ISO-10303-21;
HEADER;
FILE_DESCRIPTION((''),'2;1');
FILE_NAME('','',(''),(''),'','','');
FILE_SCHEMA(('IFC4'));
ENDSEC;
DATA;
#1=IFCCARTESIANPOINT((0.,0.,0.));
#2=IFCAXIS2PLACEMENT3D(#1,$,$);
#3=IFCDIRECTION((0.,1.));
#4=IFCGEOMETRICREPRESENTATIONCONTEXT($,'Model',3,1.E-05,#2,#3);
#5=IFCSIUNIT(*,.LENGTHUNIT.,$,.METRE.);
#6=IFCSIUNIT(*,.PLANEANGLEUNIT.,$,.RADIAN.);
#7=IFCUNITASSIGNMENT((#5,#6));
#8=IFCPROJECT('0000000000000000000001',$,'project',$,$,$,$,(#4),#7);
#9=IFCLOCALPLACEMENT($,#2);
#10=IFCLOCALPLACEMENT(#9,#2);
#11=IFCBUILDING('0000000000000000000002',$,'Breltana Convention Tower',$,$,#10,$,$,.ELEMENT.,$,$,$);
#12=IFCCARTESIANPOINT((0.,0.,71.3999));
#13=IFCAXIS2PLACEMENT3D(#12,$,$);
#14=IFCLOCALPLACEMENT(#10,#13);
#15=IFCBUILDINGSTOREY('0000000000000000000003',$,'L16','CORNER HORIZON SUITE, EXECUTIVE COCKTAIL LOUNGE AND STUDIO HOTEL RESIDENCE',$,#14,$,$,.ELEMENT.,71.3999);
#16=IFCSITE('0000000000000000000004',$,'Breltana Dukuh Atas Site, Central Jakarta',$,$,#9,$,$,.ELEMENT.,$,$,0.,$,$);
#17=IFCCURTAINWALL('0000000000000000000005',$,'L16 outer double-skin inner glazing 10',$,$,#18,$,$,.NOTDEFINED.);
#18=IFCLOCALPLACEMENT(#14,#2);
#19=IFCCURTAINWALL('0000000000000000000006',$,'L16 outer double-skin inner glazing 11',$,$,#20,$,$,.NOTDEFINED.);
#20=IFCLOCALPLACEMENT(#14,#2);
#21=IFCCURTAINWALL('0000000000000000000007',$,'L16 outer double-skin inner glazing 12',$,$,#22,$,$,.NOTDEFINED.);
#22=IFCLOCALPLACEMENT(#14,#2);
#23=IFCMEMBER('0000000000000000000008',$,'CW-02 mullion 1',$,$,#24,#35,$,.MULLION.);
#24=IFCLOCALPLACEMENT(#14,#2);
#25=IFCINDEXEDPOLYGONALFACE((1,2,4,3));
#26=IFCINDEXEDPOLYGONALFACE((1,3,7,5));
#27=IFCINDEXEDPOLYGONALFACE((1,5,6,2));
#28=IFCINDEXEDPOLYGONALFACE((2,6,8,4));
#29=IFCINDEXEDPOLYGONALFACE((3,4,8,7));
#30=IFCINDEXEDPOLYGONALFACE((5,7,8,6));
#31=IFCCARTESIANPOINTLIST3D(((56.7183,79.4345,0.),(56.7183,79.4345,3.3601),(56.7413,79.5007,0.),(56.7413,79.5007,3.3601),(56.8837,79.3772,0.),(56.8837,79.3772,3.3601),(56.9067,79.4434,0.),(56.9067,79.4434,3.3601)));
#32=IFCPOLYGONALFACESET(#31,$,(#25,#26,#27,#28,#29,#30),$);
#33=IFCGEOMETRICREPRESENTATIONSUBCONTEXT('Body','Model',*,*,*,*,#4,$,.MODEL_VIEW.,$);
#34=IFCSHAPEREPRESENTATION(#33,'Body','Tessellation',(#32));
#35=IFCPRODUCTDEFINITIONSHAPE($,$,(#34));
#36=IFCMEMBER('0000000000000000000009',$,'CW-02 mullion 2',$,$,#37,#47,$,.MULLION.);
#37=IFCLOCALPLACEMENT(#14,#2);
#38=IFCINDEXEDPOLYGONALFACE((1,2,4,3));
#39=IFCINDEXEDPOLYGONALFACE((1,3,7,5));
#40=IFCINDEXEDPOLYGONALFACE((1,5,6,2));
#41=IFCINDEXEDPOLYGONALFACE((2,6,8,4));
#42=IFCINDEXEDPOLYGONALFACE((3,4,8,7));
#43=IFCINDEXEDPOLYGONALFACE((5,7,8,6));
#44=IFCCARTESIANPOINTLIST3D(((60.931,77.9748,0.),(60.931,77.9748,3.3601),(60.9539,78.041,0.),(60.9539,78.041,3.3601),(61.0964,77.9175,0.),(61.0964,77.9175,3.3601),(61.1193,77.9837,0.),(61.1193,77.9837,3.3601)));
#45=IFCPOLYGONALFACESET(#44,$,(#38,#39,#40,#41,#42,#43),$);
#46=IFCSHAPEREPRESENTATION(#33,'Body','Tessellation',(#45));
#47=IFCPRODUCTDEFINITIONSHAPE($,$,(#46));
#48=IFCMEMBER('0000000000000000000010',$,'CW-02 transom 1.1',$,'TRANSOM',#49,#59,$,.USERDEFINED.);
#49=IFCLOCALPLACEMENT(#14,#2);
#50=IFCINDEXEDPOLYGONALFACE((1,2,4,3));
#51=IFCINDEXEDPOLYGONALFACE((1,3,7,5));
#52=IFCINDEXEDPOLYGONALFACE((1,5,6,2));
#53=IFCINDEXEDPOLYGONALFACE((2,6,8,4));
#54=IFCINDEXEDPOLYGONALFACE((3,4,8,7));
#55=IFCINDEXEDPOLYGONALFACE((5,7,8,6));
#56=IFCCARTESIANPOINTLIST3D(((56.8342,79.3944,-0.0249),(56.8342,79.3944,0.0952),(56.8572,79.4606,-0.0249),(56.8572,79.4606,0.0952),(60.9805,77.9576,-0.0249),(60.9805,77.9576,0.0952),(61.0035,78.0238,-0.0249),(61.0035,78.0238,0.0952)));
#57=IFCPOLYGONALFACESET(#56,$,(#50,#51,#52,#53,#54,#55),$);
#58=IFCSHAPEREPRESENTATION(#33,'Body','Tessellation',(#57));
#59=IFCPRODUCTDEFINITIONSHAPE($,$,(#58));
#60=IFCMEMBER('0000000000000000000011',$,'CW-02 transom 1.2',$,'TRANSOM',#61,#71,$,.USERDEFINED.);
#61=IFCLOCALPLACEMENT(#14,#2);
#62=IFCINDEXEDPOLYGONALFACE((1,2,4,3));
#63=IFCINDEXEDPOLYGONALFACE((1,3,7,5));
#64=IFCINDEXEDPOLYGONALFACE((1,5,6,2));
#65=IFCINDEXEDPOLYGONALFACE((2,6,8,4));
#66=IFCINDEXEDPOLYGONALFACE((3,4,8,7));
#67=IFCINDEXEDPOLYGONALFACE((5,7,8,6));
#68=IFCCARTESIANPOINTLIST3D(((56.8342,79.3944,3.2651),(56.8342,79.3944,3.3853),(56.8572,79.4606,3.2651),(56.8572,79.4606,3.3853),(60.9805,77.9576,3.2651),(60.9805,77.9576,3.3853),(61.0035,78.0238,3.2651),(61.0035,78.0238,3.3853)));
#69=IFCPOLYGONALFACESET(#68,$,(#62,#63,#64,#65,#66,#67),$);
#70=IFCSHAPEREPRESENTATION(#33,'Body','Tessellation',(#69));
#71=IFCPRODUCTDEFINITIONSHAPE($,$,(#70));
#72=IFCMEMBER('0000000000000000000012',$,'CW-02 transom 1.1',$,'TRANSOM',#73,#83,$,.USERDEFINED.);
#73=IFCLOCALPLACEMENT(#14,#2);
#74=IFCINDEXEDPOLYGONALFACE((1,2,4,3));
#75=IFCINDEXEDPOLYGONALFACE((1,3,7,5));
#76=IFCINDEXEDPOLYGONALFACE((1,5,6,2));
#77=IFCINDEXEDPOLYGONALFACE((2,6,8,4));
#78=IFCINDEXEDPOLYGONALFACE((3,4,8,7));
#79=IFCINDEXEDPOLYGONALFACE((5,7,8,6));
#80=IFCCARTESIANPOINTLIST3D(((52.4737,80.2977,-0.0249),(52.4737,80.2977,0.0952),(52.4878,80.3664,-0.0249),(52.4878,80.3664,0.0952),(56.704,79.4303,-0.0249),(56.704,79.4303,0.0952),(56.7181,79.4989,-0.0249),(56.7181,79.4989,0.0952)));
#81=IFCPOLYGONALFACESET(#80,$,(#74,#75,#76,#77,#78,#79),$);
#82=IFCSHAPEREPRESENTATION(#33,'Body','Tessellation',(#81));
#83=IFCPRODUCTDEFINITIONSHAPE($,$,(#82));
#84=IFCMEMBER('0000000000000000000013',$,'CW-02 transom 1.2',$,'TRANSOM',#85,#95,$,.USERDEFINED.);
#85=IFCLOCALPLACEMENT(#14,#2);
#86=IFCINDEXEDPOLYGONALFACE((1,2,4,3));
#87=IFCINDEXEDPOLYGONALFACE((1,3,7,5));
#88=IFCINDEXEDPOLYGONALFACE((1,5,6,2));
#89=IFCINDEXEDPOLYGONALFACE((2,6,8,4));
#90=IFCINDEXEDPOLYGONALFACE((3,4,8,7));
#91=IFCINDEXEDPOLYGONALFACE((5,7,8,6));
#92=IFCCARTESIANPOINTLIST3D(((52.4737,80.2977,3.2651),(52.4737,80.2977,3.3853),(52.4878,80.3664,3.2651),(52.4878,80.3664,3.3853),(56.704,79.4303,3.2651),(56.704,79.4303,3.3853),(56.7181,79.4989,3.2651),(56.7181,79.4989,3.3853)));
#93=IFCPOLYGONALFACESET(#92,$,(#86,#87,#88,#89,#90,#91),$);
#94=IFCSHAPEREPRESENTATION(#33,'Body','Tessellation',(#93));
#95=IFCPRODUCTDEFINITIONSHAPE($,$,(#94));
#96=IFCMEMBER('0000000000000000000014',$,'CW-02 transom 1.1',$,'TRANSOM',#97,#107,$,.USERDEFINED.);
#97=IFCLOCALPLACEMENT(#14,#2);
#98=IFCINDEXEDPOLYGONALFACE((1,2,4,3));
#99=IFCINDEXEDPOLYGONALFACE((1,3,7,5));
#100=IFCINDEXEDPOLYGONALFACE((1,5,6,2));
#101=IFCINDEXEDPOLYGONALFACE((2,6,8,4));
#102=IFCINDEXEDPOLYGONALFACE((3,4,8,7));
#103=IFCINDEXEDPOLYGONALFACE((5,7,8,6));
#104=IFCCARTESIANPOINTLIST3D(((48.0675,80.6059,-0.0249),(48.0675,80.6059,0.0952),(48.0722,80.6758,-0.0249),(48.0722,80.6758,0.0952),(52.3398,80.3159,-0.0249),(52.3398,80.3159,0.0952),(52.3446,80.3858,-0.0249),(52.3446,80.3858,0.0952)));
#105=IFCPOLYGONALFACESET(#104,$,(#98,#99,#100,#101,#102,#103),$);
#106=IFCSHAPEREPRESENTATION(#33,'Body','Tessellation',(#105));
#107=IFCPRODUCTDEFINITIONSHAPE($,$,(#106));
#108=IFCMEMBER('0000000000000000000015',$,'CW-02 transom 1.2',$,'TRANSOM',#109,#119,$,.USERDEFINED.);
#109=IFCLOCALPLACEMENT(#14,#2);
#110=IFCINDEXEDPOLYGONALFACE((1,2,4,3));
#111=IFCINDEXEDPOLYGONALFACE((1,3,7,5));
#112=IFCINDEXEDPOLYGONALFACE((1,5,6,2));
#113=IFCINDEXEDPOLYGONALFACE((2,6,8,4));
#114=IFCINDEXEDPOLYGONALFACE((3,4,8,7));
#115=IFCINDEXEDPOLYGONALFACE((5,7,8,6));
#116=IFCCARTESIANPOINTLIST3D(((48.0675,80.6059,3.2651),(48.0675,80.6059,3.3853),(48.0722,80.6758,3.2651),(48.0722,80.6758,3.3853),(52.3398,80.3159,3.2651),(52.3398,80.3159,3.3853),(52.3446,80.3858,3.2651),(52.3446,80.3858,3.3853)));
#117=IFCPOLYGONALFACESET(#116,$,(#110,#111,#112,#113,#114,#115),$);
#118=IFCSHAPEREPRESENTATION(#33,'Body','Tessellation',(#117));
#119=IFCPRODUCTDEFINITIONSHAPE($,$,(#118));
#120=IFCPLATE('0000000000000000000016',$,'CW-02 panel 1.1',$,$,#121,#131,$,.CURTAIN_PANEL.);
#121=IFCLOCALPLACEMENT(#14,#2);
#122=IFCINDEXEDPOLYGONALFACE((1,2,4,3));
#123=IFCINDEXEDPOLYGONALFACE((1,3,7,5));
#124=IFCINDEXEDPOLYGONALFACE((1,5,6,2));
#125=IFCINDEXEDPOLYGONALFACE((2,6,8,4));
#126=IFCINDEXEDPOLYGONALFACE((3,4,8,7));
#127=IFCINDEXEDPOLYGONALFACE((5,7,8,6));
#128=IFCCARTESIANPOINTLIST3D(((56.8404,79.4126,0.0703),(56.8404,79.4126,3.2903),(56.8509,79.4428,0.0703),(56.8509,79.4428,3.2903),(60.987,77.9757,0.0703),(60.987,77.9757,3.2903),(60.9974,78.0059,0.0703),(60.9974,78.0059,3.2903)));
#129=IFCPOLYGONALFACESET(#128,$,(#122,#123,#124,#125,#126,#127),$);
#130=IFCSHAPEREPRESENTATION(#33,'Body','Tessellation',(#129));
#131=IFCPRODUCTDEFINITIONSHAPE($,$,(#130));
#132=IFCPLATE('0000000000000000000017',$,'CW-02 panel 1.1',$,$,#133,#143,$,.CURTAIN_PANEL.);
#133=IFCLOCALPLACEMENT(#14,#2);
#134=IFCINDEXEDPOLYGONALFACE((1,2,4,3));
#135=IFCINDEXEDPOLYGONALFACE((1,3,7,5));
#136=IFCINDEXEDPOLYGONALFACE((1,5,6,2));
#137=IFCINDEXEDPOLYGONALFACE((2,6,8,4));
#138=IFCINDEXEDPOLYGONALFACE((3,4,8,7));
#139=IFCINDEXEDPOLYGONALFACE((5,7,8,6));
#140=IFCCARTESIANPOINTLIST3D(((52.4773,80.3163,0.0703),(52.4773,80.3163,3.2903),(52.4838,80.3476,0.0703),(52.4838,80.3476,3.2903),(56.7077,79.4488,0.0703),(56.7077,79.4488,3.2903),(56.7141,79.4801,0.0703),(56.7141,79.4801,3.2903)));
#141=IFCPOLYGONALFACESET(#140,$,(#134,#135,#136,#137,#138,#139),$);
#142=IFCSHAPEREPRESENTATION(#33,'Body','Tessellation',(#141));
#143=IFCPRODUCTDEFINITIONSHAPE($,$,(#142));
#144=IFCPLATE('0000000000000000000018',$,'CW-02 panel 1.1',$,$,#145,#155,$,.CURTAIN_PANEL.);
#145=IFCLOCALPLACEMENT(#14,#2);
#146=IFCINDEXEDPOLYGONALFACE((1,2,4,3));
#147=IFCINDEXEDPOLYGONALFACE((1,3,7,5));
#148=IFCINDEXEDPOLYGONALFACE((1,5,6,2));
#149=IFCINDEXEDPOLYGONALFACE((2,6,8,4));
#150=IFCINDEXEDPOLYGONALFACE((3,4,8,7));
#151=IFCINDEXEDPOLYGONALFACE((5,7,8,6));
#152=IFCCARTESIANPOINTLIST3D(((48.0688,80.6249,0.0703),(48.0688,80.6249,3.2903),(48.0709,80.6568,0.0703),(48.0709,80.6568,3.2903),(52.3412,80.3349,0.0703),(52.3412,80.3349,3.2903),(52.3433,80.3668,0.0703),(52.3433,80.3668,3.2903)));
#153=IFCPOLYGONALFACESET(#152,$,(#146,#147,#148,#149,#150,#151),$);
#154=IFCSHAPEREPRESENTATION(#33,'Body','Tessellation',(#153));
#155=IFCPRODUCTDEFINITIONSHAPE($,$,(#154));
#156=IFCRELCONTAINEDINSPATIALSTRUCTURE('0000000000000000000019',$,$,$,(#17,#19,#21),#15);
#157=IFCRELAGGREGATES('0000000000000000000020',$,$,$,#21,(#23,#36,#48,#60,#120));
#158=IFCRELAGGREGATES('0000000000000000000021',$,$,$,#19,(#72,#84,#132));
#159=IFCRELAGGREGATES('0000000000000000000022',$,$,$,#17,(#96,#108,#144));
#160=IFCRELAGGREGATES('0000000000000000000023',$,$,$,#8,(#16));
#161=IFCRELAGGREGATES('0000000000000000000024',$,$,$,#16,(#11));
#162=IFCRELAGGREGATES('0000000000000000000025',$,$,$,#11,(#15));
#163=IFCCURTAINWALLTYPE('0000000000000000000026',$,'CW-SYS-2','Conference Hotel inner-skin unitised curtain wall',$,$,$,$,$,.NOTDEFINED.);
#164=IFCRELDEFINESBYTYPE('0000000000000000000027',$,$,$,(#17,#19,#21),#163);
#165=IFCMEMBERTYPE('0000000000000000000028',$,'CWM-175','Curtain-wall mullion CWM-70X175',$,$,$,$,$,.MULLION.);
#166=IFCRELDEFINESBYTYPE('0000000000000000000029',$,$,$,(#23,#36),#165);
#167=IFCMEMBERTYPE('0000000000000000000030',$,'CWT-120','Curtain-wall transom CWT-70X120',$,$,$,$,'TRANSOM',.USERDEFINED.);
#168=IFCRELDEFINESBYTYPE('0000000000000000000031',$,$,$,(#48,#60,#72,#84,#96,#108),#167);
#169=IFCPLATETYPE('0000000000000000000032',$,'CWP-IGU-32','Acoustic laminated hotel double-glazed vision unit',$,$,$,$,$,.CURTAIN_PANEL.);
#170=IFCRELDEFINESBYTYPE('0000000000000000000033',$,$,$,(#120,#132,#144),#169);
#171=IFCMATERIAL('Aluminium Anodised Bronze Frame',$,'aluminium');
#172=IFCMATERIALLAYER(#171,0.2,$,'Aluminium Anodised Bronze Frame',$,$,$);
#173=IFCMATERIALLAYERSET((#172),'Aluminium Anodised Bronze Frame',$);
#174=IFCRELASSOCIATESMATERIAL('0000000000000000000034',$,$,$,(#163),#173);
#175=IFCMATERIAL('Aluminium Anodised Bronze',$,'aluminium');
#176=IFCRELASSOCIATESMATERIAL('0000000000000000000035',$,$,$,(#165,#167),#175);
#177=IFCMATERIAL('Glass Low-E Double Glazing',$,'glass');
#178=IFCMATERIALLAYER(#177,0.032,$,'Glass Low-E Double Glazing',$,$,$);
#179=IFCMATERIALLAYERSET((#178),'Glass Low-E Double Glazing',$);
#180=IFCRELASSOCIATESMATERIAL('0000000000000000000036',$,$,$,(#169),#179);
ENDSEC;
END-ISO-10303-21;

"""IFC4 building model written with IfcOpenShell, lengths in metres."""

from ifc_helpers import new_model, si_unit, direction, frame, origin, origin_2d, place, context, subcontext, project, spatial, rectangle, extrude, source, transform, mapped, material, layer, layer_set, material_profile, profile_set, type_object, type_shapes, element, aggregate, save


model = new_model("IFC4")

# Units and contexts
model_context = context("Model", 3, precision=1e-05, world=origin(), true_north=direction((0.0, 1.0)))
body_context = subcontext(model_context, "Body", "Model", "MODEL_VIEW")
ifc_project = project(units=[si_unit("LENGTHUNIT", "METRE"), si_unit("PLANEANGLEUNIT", "RADIAN")], contexts=[model_context])

# Site, building, storey
site_placement = place(None, origin())
site = spatial("IfcSite", under=ifc_project, at=site_placement, Name="Breltana Dukuh Atas Site, Central Jakarta", CompositionType="ELEMENT", RefElevation=0.0)
building_placement = place(site_placement, origin())
building = spatial("IfcBuilding", under=site, at=building_placement, Name="Breltana Convention Tower", CompositionType="ELEMENT")
storey_placement = place(building_placement, frame((0.0, 0.0, 71.3999)))
storey = spatial("IfcBuildingStorey", under=building, at=storey_placement, Name="L16", Description="CORNER HORIZON SUITE, EXECUTIVE COCKTAIL LOUNGE AND STUDIO HOTEL RESIDENCE", CompositionType="ELEMENT", Elevation=71.3999)

# Shared definitions
ifc_material_1 = material(Name="Aluminium Anodised Bronze Frame", Category="aluminium")
ifc_layer_1 = layer(ifc_material_1, 0.2, Name="Aluminium Anodised Bronze Frame")
ifc_layer_set_1 = layer_set([ifc_layer_1], Name="Aluminium Anodised Bronze Frame")
curtain_wall_type = type_object("IfcCurtainWallType", Name="CW-SYS-2", Description="Conference Hotel inner-skin unitised curtain wall", PredefinedType="NOTDEFINED", material=ifc_layer_set_1)
ifc_material_2 = material(Name="Aluminium Anodised Bronze", Category="aluminium")
ifc_material_profile_1 = material_profile(ifc_material_2, rectangle(XDim=0.0701, YDim=0.175, at=origin_2d()), Name="CWM-70X175")
ifc_profile_set_1 = profile_set([ifc_material_profile_1], Name="Aluminium Anodised Bronze")
member_type_1 = type_object("IfcMemberType", Name="CWM-175", Description="Curtain-wall mullion CWM-70X175", PredefinedType="MULLION", material=ifc_profile_set_1)
shared_shape_1 = source(origin(), body_context, "Body", "SweptSolid", [
    extrude(rectangle(XDim=0.0701, YDim=0.175, at=origin_2d()), origin(), (0.0, 0.0, 1.0), 3.3601),
])
type_shapes(member_type_1, [shared_shape_1])

# Curtain walls, members
curtain_wall_1_placement = place(storey_placement, origin())
curtain_wall_1 = element("IfcCurtainWall", 1, at=curtain_wall_1_placement, inside=storey, type_object=curtain_wall_type, Name="L16 outer double-skin inner glazing 10", PredefinedType="NOTDEFINED")
curtain_wall_2_placement = place(storey_placement, origin())
curtain_wall_2 = element("IfcCurtainWall", 2, at=curtain_wall_2_placement, inside=storey, type_object=curtain_wall_type, Name="L16 outer double-skin inner glazing 11", PredefinedType="NOTDEFINED")
curtain_wall_3_placement = place(storey_placement, origin())
curtain_wall_3 = element("IfcCurtainWall", 3, at=curtain_wall_3_placement, inside=storey, type_object=curtain_wall_type, Name="L16 outer double-skin inner glazing 12", PredefinedType="NOTDEFINED")
member_1_placement = place(storey_placement, frame((56.8125, 79.439, 0.0), z_axis=(0.0, 0.0, 1.0), x_axis=(0.327428, 0.944876, 0.0)))
member_1 = element("IfcMember", 4, at=member_1_placement, type_object=member_type_1, Name="CW-02 mullion 1", PredefinedType="MULLION", context=body_context, shape_type="MappedRepresentation", body=[
    mapped(shared_shape_1, transform((0.0, 0.0, 0.0), scale=1.0)),
])
member_2_placement = place(storey_placement, frame((61.0251, 77.9792, 0.0), z_axis=(0.0, 0.0, 1.0), x_axis=(0.327428, 0.944876, 0.0)))
member_2 = element("IfcMember", 5, at=member_2_placement, type_object=member_type_1, Name="CW-02 mullion 2", PredefinedType="MULLION", context=body_context, shape_type="MappedRepresentation", body=[
    mapped(shared_shape_1, transform((0.0, 0.0, 0.0), scale=1.0)),
])
ifc_material_profile_2 = material_profile(ifc_material_2, rectangle(XDim=0.0701, YDim=0.1201, at=origin_2d()), Name="CWT-70X120")
ifc_profile_set_2 = profile_set([ifc_material_profile_2], Name="Aluminium Anodised Bronze")
member_type_2 = type_object("IfcMemberType", Name="CWT-120", Description="Curtain-wall transom CWT-70X120", ElementType="TRANSOM", PredefinedType="USERDEFINED", material=ifc_profile_set_2)
shared_shape_2 = source(origin(), body_context, "Body", "SweptSolid", [
    extrude(rectangle(XDim=0.0701, YDim=0.1201, at=origin_2d()), origin(), (0.0, 0.0, 1.0), 4.3882),
])
member_3_placement = place(storey_placement, frame((56.8457, 79.4275, 0.0352), z_axis=(0.944878, -0.327422, 0.0), x_axis=(0.327422, 0.944878, 0.0)))
member_3 = element("IfcMember", 6, at=member_3_placement, type_object=member_type_2, Name="CW-02 transom 1.1", ObjectType="TRANSOM", PredefinedType="USERDEFINED", context=body_context, shape_type="MappedRepresentation", body=[
    mapped(shared_shape_2, transform((0.0, 0.0, 0.0), scale=1.0)),
])
member_4_placement = place(storey_placement, frame((56.8457, 79.4275, 3.3252), z_axis=(0.944878, -0.327422, 0.0), x_axis=(0.327422, 0.944878, 0.0)))
member_4 = element("IfcMember", 7, at=member_4_placement, type_object=member_type_2, Name="CW-02 transom 1.2", ObjectType="TRANSOM", PredefinedType="USERDEFINED", context=body_context, shape_type="MappedRepresentation", body=[
    mapped(shared_shape_2, transform((0.0, 0.0, 0.0), scale=1.0)),
])

# Members
shared_shape_3 = source(origin(), body_context, "Body", "SweptSolid", [
    extrude(rectangle(XDim=0.0701, YDim=0.1201, at=origin_2d()), origin(), (0.0, 0.0, 1.0), 4.3184),
])
member_5_placement = place(storey_placement, frame((52.4807, 80.332, 0.0352), z_axis=(0.979617, -0.200876, 0.0), x_axis=(0.200876, 0.979617, 0.0)))
member_5 = element("IfcMember", 8, at=member_5_placement, type_object=member_type_2, Name="CW-02 transom 1.1", ObjectType="TRANSOM", PredefinedType="USERDEFINED", context=body_context, shape_type="MappedRepresentation", body=[
    mapped(shared_shape_3, transform((0.0, 0.0, 0.0), scale=1.0)),
])
member_6_placement = place(storey_placement, frame((52.4807, 80.332, 3.3252), z_axis=(0.979617, -0.200876, 0.0), x_axis=(0.200876, 0.979617, 0.0)))
member_6 = element("IfcMember", 9, at=member_6_placement, type_object=member_type_2, Name="CW-02 transom 1.2", ObjectType="TRANSOM", PredefinedType="USERDEFINED", context=body_context, shape_type="MappedRepresentation", body=[
    mapped(shared_shape_3, transform((0.0, 0.0, 0.0), scale=1.0)),
])
shared_shape_4 = source(origin(), body_context, "Body", "SweptSolid", [
    extrude(rectangle(XDim=0.0701, YDim=0.1201, at=origin_2d()), origin(), (0.0, 0.0, 1.0), 4.2822),
])
member_7_placement = place(storey_placement, frame((48.0698, 80.6409, 0.0352), z_axis=(0.997704, -0.06773, 0.0), x_axis=(0.06773, 0.997704, 0.0)))
member_7 = element("IfcMember", 10, at=member_7_placement, type_object=member_type_2, Name="CW-02 transom 1.1", ObjectType="TRANSOM", PredefinedType="USERDEFINED", context=body_context, shape_type="MappedRepresentation", body=[
    mapped(shared_shape_4, transform((0.0, 0.0, 0.0), scale=1.0)),
])
member_8_placement = place(storey_placement, frame((48.0698, 80.6409, 3.3252), z_axis=(0.997704, -0.06773, 0.0), x_axis=(0.06773, 0.997704, 0.0)))
member_8 = element("IfcMember", 11, at=member_8_placement, type_object=member_type_2, Name="CW-02 transom 1.2", ObjectType="TRANSOM", PredefinedType="USERDEFINED", context=body_context, shape_type="MappedRepresentation", body=[
    mapped(shared_shape_4, transform((0.0, 0.0, 0.0), scale=1.0)),
])

# Plates
ifc_material_3 = material(Name="Glass Low-E Double Glazing", Category="glass")
ifc_layer_2 = layer(ifc_material_3, 0.032, Name="Glass Low-E Double Glazing")
ifc_layer_set_2 = layer_set([ifc_layer_2], Name="Glass Low-E Double Glazing")
plate_type = type_object("IfcPlateType", Name="CWP-IGU-32", Description="Acoustic laminated hotel double-glazed vision unit", PredefinedType="CURTAIN_PANEL", material=ifc_layer_set_2)
shared_shape_5 = source(origin(), body_context, "Body", "SweptSolid", [
    extrude(rectangle(XDim=4.3884, YDim=0.032, at=origin_2d()), origin(), (0.0, 0.0, 1.0), 3.22),
])
plate_1_placement = place(storey_placement, frame((58.9189, 78.7092, 0.0703), z_axis=(0.0, 0.0, 1.0), x_axis=(0.944876, -0.327428, 0.0)))
plate_1 = element("IfcPlate", 12, at=plate_1_placement, type_object=plate_type, Name="CW-02 panel 1.1", PredefinedType="CURTAIN_PANEL", context=body_context, shape_type="MappedRepresentation", body=[
    mapped(shared_shape_5, transform((0.0, 0.0, 0.0), scale=1.0)),
])
aggregate(curtain_wall_3, [member_1, member_2, member_3, member_4, plate_1])
shared_shape_6 = source(origin(), body_context, "Body", "SweptSolid", [
    extrude(rectangle(XDim=4.3184, YDim=0.032, at=origin_2d()), origin(), (0.0, 0.0, 1.0), 3.22),
])
plate_2_placement = place(storey_placement, frame((54.5957, 79.8982, 0.0703), z_axis=(0.0, 0.0, 1.0), x_axis=(0.979615, -0.200885, 0.0)))
plate_2 = element("IfcPlate", 13, at=plate_2_placement, type_object=plate_type, Name="CW-02 panel 1.1", PredefinedType="CURTAIN_PANEL", context=body_context, shape_type="MappedRepresentation", body=[
    mapped(shared_shape_6, transform((0.0, 0.0, 0.0), scale=1.0)),
])
aggregate(curtain_wall_2, [member_5, member_6, plate_2])
shared_shape_7 = source(origin(), body_context, "Body", "SweptSolid", [
    extrude(rectangle(XDim=4.2822, YDim=0.032, at=origin_2d()), origin(), (0.0, 0.0, 1.0), 3.22),
])
plate_3_placement = place(storey_placement, frame((50.2061, 80.4958, 0.0703), z_axis=(0.0, 0.0, 1.0), x_axis=(0.997704, -0.067726, 0.0)))
plate_3 = element("IfcPlate", 14, at=plate_3_placement, type_object=plate_type, Name="CW-02 panel 1.1", PredefinedType="CURTAIN_PANEL", context=body_context, shape_type="MappedRepresentation", body=[
    mapped(shared_shape_7, transform((0.0, 0.0, 0.0), scale=1.0)),
])
aggregate(curtain_wall_1, [member_7, member_8, plate_3])

save(model, "model.ifc")
